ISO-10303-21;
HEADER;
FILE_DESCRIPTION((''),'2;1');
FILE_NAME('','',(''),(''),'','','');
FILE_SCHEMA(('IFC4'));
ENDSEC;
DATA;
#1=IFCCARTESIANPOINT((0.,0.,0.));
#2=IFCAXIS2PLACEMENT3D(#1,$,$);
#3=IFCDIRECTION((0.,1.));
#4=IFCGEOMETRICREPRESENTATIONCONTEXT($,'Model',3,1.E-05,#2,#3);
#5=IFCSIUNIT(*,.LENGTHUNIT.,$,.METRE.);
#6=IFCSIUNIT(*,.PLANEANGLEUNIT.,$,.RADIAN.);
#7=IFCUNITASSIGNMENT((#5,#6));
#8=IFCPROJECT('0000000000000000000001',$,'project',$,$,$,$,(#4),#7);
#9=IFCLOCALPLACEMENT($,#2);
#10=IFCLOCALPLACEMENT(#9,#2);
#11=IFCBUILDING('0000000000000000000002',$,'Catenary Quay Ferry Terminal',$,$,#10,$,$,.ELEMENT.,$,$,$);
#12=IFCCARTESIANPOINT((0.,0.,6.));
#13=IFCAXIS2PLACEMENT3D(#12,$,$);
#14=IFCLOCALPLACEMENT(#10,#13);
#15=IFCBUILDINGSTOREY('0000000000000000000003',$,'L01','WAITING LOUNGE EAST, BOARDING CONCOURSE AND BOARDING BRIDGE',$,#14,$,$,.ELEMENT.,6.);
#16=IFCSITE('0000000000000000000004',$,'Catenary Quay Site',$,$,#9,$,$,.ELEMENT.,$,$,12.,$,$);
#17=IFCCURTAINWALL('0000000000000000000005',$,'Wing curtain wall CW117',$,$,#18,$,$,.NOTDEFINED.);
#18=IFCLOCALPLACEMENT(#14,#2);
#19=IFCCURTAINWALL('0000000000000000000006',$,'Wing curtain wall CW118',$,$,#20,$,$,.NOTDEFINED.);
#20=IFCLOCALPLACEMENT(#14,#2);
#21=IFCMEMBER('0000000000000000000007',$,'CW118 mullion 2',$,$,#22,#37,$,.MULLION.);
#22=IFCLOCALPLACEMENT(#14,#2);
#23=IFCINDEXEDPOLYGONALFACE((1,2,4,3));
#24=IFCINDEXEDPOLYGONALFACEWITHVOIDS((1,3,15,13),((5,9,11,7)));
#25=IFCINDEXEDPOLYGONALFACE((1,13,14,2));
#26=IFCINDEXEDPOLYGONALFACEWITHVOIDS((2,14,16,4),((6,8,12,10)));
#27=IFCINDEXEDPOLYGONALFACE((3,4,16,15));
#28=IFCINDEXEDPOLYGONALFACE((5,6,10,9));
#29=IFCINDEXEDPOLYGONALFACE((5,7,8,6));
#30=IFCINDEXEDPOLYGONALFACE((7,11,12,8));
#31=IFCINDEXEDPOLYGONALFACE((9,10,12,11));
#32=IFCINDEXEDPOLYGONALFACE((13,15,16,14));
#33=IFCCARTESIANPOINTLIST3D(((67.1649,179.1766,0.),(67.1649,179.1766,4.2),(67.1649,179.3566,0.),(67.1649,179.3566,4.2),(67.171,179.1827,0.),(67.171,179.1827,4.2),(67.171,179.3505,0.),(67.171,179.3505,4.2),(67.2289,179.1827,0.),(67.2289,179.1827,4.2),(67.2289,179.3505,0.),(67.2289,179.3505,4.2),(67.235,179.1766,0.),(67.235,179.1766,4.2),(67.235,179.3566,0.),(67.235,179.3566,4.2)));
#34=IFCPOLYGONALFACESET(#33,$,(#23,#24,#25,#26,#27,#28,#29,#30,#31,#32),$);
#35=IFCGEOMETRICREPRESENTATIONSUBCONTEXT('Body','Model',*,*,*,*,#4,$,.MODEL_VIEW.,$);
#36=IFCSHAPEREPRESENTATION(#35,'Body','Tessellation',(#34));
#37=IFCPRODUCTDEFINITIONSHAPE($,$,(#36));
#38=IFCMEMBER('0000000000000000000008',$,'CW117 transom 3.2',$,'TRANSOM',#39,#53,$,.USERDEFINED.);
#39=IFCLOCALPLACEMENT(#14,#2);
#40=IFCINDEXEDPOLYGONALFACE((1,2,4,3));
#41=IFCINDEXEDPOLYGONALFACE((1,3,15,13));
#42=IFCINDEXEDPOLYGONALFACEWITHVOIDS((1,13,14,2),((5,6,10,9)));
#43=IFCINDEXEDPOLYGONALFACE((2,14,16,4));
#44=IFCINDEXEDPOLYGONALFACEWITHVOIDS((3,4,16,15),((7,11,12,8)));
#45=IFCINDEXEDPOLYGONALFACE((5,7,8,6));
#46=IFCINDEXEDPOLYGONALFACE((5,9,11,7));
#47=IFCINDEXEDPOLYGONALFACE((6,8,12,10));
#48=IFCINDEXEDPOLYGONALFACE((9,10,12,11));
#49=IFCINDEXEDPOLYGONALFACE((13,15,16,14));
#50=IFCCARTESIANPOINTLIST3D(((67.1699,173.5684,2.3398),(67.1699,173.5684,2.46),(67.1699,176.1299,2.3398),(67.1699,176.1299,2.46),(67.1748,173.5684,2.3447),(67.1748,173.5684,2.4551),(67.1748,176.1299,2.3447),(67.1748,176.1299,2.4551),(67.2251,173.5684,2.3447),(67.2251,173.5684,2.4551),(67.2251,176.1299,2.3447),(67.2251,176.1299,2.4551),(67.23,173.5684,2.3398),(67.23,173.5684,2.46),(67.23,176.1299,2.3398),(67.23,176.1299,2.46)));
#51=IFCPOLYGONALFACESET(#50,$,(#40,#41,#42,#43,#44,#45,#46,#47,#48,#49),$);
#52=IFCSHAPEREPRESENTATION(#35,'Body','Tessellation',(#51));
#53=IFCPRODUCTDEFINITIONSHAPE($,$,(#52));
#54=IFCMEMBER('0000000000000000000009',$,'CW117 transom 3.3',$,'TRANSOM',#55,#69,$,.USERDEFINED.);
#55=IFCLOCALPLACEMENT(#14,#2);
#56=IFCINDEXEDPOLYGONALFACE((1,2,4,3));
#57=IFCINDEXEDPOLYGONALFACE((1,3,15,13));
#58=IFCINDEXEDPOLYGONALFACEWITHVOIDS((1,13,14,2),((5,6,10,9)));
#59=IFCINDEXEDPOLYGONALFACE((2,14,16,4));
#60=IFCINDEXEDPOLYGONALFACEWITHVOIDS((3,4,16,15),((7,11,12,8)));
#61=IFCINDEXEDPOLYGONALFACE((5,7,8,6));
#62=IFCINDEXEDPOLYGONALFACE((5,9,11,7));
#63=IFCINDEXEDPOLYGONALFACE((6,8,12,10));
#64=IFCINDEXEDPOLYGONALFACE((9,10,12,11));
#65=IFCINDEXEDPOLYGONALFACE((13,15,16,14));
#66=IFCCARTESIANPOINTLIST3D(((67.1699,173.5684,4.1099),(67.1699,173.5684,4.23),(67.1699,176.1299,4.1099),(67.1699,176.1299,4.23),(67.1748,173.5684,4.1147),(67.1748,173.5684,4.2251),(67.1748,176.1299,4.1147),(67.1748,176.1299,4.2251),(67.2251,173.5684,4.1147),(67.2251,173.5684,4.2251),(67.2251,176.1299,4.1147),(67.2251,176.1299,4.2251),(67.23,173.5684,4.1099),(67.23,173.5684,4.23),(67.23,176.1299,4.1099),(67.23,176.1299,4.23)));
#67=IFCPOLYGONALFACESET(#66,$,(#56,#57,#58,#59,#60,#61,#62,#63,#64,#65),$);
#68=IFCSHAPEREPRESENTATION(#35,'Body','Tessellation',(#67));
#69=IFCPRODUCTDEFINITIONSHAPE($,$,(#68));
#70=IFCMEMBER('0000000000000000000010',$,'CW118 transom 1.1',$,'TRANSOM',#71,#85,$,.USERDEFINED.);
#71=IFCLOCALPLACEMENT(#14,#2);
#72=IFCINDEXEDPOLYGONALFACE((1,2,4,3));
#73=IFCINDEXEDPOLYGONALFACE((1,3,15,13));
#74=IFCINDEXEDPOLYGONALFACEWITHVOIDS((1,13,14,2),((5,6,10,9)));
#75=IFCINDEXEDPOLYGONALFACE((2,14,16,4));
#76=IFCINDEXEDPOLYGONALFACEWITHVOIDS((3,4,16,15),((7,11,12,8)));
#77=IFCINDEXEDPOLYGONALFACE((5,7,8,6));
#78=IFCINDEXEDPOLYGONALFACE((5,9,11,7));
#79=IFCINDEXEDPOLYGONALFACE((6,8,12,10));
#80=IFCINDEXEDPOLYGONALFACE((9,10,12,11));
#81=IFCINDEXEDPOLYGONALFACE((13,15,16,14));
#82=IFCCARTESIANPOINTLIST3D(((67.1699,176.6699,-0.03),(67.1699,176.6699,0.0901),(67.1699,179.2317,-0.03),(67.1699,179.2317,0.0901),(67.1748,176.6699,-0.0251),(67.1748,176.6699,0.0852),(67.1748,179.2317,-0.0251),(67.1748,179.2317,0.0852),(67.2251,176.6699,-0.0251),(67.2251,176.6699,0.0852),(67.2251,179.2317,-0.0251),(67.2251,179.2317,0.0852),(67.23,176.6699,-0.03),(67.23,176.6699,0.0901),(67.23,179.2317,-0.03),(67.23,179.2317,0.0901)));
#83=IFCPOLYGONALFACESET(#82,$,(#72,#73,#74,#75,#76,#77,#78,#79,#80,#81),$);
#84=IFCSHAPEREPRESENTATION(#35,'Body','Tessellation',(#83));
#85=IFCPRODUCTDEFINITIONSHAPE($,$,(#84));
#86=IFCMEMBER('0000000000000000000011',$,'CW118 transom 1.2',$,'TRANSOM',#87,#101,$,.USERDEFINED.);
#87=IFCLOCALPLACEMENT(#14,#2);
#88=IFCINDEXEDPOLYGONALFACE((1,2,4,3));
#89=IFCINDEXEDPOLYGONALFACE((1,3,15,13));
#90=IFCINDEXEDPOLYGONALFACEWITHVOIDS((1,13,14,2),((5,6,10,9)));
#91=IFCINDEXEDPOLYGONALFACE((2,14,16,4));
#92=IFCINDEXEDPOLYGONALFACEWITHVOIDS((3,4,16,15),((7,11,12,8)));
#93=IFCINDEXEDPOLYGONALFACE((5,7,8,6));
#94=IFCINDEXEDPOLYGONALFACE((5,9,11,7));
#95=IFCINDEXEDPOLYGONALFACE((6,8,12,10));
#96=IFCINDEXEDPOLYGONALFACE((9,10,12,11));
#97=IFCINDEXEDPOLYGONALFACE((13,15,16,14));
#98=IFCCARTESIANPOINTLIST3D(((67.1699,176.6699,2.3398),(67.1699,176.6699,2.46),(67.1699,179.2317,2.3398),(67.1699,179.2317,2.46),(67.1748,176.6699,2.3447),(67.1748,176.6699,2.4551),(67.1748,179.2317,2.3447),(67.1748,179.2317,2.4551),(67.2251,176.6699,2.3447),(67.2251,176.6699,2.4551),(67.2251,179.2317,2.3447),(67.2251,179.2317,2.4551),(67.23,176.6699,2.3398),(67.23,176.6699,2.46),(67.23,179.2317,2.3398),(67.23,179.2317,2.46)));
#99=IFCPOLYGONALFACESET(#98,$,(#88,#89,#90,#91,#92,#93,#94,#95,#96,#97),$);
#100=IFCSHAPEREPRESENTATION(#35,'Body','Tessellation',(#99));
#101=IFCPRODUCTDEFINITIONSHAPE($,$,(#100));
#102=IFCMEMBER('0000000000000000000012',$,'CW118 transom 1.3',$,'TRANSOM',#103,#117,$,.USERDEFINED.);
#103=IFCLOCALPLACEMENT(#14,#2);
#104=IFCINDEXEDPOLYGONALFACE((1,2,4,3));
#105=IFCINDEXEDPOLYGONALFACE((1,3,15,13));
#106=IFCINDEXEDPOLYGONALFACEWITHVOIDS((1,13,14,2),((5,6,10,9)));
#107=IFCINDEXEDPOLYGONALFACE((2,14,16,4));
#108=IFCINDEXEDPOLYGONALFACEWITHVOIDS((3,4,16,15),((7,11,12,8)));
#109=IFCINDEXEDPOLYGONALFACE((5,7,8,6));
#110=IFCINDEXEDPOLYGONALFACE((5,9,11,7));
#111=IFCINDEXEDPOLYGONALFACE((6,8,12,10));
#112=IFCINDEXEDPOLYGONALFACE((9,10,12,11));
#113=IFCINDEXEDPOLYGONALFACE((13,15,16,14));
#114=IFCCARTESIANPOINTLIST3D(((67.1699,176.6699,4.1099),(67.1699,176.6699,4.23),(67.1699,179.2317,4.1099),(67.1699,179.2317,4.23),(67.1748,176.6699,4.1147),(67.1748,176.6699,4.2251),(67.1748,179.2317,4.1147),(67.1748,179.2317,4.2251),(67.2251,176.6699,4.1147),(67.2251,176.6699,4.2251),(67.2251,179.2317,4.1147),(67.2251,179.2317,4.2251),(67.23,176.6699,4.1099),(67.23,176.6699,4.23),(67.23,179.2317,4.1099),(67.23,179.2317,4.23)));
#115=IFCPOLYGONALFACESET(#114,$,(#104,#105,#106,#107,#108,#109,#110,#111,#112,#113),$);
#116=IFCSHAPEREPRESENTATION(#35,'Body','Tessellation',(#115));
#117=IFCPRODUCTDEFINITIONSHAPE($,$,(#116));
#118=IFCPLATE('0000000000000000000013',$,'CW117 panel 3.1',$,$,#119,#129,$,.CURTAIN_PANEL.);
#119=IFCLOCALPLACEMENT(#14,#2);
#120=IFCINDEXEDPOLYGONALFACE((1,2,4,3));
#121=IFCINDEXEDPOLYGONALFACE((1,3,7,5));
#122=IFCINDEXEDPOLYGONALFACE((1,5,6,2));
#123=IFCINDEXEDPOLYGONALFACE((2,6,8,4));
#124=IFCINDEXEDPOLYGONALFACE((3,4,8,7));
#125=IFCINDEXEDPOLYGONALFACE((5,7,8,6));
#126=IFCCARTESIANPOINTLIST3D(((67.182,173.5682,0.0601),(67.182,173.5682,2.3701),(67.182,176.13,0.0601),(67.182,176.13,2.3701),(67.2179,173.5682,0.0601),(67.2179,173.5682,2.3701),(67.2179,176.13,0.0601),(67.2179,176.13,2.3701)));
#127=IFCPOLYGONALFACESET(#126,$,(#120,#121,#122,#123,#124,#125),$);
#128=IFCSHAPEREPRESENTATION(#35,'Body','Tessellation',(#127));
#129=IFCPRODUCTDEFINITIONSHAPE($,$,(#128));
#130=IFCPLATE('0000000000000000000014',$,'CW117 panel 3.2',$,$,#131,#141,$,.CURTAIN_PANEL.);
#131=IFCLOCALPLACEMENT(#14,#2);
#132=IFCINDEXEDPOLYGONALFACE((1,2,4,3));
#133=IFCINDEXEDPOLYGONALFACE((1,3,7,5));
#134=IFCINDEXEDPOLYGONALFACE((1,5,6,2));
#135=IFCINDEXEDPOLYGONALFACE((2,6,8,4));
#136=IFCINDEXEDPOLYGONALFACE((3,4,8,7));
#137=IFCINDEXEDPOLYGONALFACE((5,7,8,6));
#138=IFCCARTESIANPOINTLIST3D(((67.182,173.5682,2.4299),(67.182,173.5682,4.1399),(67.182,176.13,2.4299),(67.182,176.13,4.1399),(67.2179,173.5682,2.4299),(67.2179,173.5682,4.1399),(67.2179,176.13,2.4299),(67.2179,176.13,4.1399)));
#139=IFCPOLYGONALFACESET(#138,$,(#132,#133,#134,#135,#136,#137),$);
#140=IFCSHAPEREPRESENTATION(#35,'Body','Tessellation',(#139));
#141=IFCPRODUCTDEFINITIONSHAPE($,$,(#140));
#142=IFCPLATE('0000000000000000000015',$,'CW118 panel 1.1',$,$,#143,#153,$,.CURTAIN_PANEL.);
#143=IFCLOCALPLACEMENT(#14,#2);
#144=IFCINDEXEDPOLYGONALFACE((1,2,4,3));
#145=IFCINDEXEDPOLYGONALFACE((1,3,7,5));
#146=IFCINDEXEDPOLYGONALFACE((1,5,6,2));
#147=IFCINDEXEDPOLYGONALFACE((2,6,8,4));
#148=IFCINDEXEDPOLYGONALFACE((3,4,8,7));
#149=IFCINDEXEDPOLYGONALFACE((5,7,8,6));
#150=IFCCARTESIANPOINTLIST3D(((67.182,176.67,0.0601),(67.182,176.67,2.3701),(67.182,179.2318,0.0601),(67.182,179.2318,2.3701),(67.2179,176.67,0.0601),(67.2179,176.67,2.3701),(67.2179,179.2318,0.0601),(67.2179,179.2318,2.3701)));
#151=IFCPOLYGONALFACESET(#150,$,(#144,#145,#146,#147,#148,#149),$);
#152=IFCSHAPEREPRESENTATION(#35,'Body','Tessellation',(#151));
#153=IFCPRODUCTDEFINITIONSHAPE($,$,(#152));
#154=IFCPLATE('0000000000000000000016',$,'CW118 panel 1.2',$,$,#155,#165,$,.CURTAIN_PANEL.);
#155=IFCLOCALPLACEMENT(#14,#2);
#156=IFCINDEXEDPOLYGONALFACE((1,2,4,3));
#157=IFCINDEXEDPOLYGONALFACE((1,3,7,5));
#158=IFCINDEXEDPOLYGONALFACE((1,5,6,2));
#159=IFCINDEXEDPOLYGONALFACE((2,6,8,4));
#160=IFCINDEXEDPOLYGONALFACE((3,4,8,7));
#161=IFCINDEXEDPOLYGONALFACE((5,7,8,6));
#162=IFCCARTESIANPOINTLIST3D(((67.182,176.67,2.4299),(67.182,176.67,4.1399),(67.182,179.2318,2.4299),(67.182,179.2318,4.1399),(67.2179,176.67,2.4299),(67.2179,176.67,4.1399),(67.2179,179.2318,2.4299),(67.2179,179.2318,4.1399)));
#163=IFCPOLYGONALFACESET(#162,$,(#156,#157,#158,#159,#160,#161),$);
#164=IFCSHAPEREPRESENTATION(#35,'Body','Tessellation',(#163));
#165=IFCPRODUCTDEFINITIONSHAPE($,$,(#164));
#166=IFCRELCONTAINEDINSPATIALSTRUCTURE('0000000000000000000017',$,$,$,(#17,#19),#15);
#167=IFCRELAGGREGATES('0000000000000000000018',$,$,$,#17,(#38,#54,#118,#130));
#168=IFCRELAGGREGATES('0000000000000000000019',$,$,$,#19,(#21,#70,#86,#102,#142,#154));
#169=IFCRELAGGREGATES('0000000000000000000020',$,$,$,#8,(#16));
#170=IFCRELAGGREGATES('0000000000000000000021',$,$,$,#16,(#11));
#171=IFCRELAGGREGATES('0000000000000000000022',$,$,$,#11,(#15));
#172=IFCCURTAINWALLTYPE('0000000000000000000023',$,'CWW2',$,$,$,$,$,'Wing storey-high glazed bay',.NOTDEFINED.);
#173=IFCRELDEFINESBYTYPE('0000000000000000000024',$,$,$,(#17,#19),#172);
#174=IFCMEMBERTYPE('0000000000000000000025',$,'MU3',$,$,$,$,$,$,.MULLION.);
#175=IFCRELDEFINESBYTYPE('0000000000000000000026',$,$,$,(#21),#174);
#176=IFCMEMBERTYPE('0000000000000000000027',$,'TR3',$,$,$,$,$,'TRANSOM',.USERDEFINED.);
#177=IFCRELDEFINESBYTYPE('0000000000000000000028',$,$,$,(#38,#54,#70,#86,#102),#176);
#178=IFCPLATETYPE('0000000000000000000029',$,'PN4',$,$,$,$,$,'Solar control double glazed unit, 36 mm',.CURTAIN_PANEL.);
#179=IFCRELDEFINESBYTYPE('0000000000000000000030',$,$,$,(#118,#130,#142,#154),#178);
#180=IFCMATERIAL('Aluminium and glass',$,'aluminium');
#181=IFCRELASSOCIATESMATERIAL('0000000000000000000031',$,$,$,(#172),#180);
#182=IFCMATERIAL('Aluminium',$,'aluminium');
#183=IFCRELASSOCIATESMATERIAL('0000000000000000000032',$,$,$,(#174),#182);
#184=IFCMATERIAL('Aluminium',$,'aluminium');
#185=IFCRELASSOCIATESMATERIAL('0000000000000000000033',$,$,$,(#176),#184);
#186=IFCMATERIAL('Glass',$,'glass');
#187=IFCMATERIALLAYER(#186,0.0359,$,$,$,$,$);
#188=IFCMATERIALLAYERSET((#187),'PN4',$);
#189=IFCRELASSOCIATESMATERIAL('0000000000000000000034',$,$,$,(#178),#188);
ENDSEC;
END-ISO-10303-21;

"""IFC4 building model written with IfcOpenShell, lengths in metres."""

from ifc_helpers import new_model, si_unit, direction, frame, origin, origin_2d, place, context, subcontext, project, spatial, rectangle, hollow_rectangle, extrude, material, layer, layer_set, material_profile, profile_set, type_object, element, aggregate, save


model = new_model("IFC4")

# Units and contexts
model_context = context("Model", 3, precision=1e-05, world=origin(), true_north=direction((0.0, 1.0)))
body_context = subcontext(model_context, "Body", "Model", "MODEL_VIEW")
ifc_project = project(units=[si_unit("LENGTHUNIT", "METRE"), si_unit("PLANEANGLEUNIT", "RADIAN")], contexts=[model_context])

# Site, building, storey
site_placement = place(None, origin())
site = spatial("IfcSite", under=ifc_project, at=site_placement, Name="Catenary Quay Site", CompositionType="ELEMENT", RefElevation=12.0)
building_placement = place(site_placement, origin())
building = spatial("IfcBuilding", under=site, at=building_placement, Name="Catenary Quay Ferry Terminal", CompositionType="ELEMENT")
storey_placement = place(building_placement, frame((0.0, 0.0, 6.0)))
storey = spatial("IfcBuildingStorey", under=building, at=storey_placement, Name="L01", Description="WAITING LOUNGE EAST, BOARDING CONCOURSE AND BOARDING BRIDGE", CompositionType="ELEMENT", Elevation=6.0)

# Curtain wall
ifc_material_1 = material(Name="Aluminium and glass", Category="aluminium")
curtain_wall_type = type_object("IfcCurtainWallType", Name="CWW2", ElementType="Wing storey-high glazed bay", PredefinedType="NOTDEFINED", material=ifc_material_1)
curtain_wall_1_placement = place(storey_placement, origin())
curtain_wall_1 = element("IfcCurtainWall", 1, at=curtain_wall_1_placement, inside=storey, type_object=curtain_wall_type, Name="Wing curtain wall CW117", PredefinedType="NOTDEFINED")
ifc_material_2 = material(Name="Aluminium", Category="aluminium")
ifc_material_profile_1 = material_profile(ifc_material_2, hollow_rectangle(XDim=0.0701, YDim=0.1799, WallThickness=0.0061, at=origin_2d()), Name="MU3")
ifc_profile_set_1 = profile_set([ifc_material_profile_1], Name="Aluminium")
member_type_1 = type_object("IfcMemberType", Name="MU3", PredefinedType="MULLION", material=ifc_profile_set_1)

# Curtain wall, member
curtain_wall_2_placement = place(storey_placement, origin())
curtain_wall_2 = element("IfcCurtainWall", 2, at=curtain_wall_2_placement, inside=storey, type_object=curtain_wall_type, Name="Wing curtain wall CW118", PredefinedType="NOTDEFINED")
member_1_placement = place(storey_placement, frame((67.2, 179.2666, 0.0), z_axis=(0.0, 0.0, 1.0), x_axis=(-1.0, 0.0, 0.0)))
member_1 = element("IfcMember", 3, at=member_1_placement, type_object=member_type_1, Name="CW118 mullion 2", PredefinedType="MULLION", context=body_context, shape_type="SweptSolid", body=[
    extrude(hollow_rectangle(XDim=0.0701, YDim=0.1799, WallThickness=0.0061, at=origin_2d()), origin(), (0.0, 0.0, 1.0), 4.2),
])

# Members
ifc_material_3 = material(Name="Aluminium", Category="aluminium")
ifc_material_profile_2 = material_profile(ifc_material_3, hollow_rectangle(XDim=0.0601, YDim=0.1201, WallThickness=0.0049, at=origin_2d()), Name="TR3")
ifc_profile_set_2 = profile_set([ifc_material_profile_2], Name="Aluminium")
member_type_2 = type_object("IfcMemberType", Name="TR3", ElementType="TRANSOM", PredefinedType="USERDEFINED", material=ifc_profile_set_2)
member_2_placement = place(storey_placement, frame((67.2, 173.5684, 2.3999), z_axis=(0.0, 1.0, 0.0), x_axis=(-1.0, 0.0, 0.0)))
member_2 = element("IfcMember", 4, at=member_2_placement, type_object=member_type_2, Name="CW117 transom 3.2", ObjectType="TRANSOM", PredefinedType="USERDEFINED", context=body_context, shape_type="SweptSolid", body=[
    extrude(hollow_rectangle(XDim=0.0601, YDim=0.1201, WallThickness=0.0049, at=origin_2d()), origin(), (0.0, 0.0, 1.0), 2.5615),
])
member_3_placement = place(storey_placement, frame((67.2, 173.5684, 4.1699), z_axis=(0.0, 1.0, 0.0), x_axis=(-1.0, 0.0, 0.0)))
member_3 = element("IfcMember", 5, at=member_3_placement, type_object=member_type_2, Name="CW117 transom 3.3", ObjectType="TRANSOM", PredefinedType="USERDEFINED", context=body_context, shape_type="SweptSolid", body=[
    extrude(hollow_rectangle(XDim=0.0601, YDim=0.1201, WallThickness=0.0049, at=origin_2d()), origin(), (0.0, 0.0, 1.0), 2.5615),
])
member_4_placement = place(storey_placement, frame((67.2, 176.6699, 0.03), z_axis=(0.0, 1.0, 0.0), x_axis=(-1.0, 0.0, 0.0)))
member_4 = element("IfcMember", 6, at=member_4_placement, type_object=member_type_2, Name="CW118 transom 1.1", ObjectType="TRANSOM", PredefinedType="USERDEFINED", context=body_context, shape_type="SweptSolid", body=[
    extrude(hollow_rectangle(XDim=0.0601, YDim=0.1201, WallThickness=0.0049, at=origin_2d()), origin(), (0.0, 0.0, 1.0), 2.5618),
])
member_5_placement = place(storey_placement, frame((67.2, 176.6699, 2.3999), z_axis=(0.0, 1.0, 0.0), x_axis=(-1.0, 0.0, 0.0)))
member_5 = element("IfcMember", 7, at=member_5_placement, type_object=member_type_2, Name="CW118 transom 1.2", ObjectType="TRANSOM", PredefinedType="USERDEFINED", context=body_context, shape_type="SweptSolid", body=[
    extrude(hollow_rectangle(XDim=0.0601, YDim=0.1201, WallThickness=0.0049, at=origin_2d()), origin(), (0.0, 0.0, 1.0), 2.5618),
])
member_6_placement = place(storey_placement, frame((67.2, 176.6699, 4.1699), z_axis=(0.0, 1.0, 0.0), x_axis=(-1.0, 0.0, 0.0)))
member_6 = element("IfcMember", 8, at=member_6_placement, type_object=member_type_2, Name="CW118 transom 1.3", ObjectType="TRANSOM", PredefinedType="USERDEFINED", context=body_context, shape_type="SweptSolid", body=[
    extrude(hollow_rectangle(XDim=0.0601, YDim=0.1201, WallThickness=0.0049, at=origin_2d()), origin(), (0.0, 0.0, 1.0), 2.5618),
])

# Plates
ifc_material_4 = material(Name="Glass", Category="glass")
ifc_layer_1 = layer(ifc_material_4, 0.0359)
ifc_layer_set_1 = layer_set([ifc_layer_1], Name="PN4")
plate_type = type_object("IfcPlateType", Name="PN4", ElementType="Solar control double glazed unit, 36 mm", PredefinedType="CURTAIN_PANEL", material=ifc_layer_set_1)
plate_1_placement = place(storey_placement, frame((67.2, 174.8491, 0.0601), z_axis=(0.0, 0.0, 1.0), x_axis=(0.0, 1.0, 0.0)))
plate_1 = element("IfcPlate", 9, at=plate_1_placement, type_object=plate_type, Name="CW117 panel 3.1", PredefinedType="CURTAIN_PANEL", context=body_context, shape_type="SweptSolid", body=[
    extrude(rectangle(XDim=2.5618, YDim=0.0359, at=origin_2d()), origin(), (0.0, 0.0, 1.0), 2.3101),
])
plate_2_placement = place(storey_placement, frame((67.2, 174.8491, 2.4299), z_axis=(0.0, 0.0, 1.0), x_axis=(0.0, 1.0, 0.0)))
plate_2 = element("IfcPlate", 10, at=plate_2_placement, type_object=plate_type, Name="CW117 panel 3.2", PredefinedType="CURTAIN_PANEL", context=body_context, shape_type="SweptSolid", body=[
    extrude(rectangle(XDim=2.5618, YDim=0.0359, at=origin_2d()), origin(), (0.0, 0.0, 1.0), 1.71),
])
aggregate(curtain_wall_1, [member_2, member_3, plate_1, plate_2])
plate_3_placement = place(storey_placement, frame((67.2, 177.9509, 0.0601), z_axis=(0.0, 0.0, 1.0), x_axis=(0.0, 1.0, 0.0)))
plate_3 = element("IfcPlate", 11, at=plate_3_placement, type_object=plate_type, Name="CW118 panel 1.1", PredefinedType="CURTAIN_PANEL", context=body_context, shape_type="SweptSolid", body=[
    extrude(rectangle(XDim=2.5618, YDim=0.0359, at=origin_2d()), origin(), (0.0, 0.0, 1.0), 2.3101),
])
plate_4_placement = place(storey_placement, frame((67.2, 177.9509, 2.4299), z_axis=(0.0, 0.0, 1.0), x_axis=(0.0, 1.0, 0.0)))
plate_4 = element("IfcPlate", 12, at=plate_4_placement, type_object=plate_type, Name="CW118 panel 1.2", PredefinedType="CURTAIN_PANEL", context=body_context, shape_type="SweptSolid", body=[
    extrude(rectangle(XDim=2.5618, YDim=0.0359, at=origin_2d()), origin(), (0.0, 0.0, 1.0), 1.71),
])
aggregate(curtain_wall_2, [member_1, member_4, member_5, member_6, plate_3, plate_4])

save(model, "model.ifc")
